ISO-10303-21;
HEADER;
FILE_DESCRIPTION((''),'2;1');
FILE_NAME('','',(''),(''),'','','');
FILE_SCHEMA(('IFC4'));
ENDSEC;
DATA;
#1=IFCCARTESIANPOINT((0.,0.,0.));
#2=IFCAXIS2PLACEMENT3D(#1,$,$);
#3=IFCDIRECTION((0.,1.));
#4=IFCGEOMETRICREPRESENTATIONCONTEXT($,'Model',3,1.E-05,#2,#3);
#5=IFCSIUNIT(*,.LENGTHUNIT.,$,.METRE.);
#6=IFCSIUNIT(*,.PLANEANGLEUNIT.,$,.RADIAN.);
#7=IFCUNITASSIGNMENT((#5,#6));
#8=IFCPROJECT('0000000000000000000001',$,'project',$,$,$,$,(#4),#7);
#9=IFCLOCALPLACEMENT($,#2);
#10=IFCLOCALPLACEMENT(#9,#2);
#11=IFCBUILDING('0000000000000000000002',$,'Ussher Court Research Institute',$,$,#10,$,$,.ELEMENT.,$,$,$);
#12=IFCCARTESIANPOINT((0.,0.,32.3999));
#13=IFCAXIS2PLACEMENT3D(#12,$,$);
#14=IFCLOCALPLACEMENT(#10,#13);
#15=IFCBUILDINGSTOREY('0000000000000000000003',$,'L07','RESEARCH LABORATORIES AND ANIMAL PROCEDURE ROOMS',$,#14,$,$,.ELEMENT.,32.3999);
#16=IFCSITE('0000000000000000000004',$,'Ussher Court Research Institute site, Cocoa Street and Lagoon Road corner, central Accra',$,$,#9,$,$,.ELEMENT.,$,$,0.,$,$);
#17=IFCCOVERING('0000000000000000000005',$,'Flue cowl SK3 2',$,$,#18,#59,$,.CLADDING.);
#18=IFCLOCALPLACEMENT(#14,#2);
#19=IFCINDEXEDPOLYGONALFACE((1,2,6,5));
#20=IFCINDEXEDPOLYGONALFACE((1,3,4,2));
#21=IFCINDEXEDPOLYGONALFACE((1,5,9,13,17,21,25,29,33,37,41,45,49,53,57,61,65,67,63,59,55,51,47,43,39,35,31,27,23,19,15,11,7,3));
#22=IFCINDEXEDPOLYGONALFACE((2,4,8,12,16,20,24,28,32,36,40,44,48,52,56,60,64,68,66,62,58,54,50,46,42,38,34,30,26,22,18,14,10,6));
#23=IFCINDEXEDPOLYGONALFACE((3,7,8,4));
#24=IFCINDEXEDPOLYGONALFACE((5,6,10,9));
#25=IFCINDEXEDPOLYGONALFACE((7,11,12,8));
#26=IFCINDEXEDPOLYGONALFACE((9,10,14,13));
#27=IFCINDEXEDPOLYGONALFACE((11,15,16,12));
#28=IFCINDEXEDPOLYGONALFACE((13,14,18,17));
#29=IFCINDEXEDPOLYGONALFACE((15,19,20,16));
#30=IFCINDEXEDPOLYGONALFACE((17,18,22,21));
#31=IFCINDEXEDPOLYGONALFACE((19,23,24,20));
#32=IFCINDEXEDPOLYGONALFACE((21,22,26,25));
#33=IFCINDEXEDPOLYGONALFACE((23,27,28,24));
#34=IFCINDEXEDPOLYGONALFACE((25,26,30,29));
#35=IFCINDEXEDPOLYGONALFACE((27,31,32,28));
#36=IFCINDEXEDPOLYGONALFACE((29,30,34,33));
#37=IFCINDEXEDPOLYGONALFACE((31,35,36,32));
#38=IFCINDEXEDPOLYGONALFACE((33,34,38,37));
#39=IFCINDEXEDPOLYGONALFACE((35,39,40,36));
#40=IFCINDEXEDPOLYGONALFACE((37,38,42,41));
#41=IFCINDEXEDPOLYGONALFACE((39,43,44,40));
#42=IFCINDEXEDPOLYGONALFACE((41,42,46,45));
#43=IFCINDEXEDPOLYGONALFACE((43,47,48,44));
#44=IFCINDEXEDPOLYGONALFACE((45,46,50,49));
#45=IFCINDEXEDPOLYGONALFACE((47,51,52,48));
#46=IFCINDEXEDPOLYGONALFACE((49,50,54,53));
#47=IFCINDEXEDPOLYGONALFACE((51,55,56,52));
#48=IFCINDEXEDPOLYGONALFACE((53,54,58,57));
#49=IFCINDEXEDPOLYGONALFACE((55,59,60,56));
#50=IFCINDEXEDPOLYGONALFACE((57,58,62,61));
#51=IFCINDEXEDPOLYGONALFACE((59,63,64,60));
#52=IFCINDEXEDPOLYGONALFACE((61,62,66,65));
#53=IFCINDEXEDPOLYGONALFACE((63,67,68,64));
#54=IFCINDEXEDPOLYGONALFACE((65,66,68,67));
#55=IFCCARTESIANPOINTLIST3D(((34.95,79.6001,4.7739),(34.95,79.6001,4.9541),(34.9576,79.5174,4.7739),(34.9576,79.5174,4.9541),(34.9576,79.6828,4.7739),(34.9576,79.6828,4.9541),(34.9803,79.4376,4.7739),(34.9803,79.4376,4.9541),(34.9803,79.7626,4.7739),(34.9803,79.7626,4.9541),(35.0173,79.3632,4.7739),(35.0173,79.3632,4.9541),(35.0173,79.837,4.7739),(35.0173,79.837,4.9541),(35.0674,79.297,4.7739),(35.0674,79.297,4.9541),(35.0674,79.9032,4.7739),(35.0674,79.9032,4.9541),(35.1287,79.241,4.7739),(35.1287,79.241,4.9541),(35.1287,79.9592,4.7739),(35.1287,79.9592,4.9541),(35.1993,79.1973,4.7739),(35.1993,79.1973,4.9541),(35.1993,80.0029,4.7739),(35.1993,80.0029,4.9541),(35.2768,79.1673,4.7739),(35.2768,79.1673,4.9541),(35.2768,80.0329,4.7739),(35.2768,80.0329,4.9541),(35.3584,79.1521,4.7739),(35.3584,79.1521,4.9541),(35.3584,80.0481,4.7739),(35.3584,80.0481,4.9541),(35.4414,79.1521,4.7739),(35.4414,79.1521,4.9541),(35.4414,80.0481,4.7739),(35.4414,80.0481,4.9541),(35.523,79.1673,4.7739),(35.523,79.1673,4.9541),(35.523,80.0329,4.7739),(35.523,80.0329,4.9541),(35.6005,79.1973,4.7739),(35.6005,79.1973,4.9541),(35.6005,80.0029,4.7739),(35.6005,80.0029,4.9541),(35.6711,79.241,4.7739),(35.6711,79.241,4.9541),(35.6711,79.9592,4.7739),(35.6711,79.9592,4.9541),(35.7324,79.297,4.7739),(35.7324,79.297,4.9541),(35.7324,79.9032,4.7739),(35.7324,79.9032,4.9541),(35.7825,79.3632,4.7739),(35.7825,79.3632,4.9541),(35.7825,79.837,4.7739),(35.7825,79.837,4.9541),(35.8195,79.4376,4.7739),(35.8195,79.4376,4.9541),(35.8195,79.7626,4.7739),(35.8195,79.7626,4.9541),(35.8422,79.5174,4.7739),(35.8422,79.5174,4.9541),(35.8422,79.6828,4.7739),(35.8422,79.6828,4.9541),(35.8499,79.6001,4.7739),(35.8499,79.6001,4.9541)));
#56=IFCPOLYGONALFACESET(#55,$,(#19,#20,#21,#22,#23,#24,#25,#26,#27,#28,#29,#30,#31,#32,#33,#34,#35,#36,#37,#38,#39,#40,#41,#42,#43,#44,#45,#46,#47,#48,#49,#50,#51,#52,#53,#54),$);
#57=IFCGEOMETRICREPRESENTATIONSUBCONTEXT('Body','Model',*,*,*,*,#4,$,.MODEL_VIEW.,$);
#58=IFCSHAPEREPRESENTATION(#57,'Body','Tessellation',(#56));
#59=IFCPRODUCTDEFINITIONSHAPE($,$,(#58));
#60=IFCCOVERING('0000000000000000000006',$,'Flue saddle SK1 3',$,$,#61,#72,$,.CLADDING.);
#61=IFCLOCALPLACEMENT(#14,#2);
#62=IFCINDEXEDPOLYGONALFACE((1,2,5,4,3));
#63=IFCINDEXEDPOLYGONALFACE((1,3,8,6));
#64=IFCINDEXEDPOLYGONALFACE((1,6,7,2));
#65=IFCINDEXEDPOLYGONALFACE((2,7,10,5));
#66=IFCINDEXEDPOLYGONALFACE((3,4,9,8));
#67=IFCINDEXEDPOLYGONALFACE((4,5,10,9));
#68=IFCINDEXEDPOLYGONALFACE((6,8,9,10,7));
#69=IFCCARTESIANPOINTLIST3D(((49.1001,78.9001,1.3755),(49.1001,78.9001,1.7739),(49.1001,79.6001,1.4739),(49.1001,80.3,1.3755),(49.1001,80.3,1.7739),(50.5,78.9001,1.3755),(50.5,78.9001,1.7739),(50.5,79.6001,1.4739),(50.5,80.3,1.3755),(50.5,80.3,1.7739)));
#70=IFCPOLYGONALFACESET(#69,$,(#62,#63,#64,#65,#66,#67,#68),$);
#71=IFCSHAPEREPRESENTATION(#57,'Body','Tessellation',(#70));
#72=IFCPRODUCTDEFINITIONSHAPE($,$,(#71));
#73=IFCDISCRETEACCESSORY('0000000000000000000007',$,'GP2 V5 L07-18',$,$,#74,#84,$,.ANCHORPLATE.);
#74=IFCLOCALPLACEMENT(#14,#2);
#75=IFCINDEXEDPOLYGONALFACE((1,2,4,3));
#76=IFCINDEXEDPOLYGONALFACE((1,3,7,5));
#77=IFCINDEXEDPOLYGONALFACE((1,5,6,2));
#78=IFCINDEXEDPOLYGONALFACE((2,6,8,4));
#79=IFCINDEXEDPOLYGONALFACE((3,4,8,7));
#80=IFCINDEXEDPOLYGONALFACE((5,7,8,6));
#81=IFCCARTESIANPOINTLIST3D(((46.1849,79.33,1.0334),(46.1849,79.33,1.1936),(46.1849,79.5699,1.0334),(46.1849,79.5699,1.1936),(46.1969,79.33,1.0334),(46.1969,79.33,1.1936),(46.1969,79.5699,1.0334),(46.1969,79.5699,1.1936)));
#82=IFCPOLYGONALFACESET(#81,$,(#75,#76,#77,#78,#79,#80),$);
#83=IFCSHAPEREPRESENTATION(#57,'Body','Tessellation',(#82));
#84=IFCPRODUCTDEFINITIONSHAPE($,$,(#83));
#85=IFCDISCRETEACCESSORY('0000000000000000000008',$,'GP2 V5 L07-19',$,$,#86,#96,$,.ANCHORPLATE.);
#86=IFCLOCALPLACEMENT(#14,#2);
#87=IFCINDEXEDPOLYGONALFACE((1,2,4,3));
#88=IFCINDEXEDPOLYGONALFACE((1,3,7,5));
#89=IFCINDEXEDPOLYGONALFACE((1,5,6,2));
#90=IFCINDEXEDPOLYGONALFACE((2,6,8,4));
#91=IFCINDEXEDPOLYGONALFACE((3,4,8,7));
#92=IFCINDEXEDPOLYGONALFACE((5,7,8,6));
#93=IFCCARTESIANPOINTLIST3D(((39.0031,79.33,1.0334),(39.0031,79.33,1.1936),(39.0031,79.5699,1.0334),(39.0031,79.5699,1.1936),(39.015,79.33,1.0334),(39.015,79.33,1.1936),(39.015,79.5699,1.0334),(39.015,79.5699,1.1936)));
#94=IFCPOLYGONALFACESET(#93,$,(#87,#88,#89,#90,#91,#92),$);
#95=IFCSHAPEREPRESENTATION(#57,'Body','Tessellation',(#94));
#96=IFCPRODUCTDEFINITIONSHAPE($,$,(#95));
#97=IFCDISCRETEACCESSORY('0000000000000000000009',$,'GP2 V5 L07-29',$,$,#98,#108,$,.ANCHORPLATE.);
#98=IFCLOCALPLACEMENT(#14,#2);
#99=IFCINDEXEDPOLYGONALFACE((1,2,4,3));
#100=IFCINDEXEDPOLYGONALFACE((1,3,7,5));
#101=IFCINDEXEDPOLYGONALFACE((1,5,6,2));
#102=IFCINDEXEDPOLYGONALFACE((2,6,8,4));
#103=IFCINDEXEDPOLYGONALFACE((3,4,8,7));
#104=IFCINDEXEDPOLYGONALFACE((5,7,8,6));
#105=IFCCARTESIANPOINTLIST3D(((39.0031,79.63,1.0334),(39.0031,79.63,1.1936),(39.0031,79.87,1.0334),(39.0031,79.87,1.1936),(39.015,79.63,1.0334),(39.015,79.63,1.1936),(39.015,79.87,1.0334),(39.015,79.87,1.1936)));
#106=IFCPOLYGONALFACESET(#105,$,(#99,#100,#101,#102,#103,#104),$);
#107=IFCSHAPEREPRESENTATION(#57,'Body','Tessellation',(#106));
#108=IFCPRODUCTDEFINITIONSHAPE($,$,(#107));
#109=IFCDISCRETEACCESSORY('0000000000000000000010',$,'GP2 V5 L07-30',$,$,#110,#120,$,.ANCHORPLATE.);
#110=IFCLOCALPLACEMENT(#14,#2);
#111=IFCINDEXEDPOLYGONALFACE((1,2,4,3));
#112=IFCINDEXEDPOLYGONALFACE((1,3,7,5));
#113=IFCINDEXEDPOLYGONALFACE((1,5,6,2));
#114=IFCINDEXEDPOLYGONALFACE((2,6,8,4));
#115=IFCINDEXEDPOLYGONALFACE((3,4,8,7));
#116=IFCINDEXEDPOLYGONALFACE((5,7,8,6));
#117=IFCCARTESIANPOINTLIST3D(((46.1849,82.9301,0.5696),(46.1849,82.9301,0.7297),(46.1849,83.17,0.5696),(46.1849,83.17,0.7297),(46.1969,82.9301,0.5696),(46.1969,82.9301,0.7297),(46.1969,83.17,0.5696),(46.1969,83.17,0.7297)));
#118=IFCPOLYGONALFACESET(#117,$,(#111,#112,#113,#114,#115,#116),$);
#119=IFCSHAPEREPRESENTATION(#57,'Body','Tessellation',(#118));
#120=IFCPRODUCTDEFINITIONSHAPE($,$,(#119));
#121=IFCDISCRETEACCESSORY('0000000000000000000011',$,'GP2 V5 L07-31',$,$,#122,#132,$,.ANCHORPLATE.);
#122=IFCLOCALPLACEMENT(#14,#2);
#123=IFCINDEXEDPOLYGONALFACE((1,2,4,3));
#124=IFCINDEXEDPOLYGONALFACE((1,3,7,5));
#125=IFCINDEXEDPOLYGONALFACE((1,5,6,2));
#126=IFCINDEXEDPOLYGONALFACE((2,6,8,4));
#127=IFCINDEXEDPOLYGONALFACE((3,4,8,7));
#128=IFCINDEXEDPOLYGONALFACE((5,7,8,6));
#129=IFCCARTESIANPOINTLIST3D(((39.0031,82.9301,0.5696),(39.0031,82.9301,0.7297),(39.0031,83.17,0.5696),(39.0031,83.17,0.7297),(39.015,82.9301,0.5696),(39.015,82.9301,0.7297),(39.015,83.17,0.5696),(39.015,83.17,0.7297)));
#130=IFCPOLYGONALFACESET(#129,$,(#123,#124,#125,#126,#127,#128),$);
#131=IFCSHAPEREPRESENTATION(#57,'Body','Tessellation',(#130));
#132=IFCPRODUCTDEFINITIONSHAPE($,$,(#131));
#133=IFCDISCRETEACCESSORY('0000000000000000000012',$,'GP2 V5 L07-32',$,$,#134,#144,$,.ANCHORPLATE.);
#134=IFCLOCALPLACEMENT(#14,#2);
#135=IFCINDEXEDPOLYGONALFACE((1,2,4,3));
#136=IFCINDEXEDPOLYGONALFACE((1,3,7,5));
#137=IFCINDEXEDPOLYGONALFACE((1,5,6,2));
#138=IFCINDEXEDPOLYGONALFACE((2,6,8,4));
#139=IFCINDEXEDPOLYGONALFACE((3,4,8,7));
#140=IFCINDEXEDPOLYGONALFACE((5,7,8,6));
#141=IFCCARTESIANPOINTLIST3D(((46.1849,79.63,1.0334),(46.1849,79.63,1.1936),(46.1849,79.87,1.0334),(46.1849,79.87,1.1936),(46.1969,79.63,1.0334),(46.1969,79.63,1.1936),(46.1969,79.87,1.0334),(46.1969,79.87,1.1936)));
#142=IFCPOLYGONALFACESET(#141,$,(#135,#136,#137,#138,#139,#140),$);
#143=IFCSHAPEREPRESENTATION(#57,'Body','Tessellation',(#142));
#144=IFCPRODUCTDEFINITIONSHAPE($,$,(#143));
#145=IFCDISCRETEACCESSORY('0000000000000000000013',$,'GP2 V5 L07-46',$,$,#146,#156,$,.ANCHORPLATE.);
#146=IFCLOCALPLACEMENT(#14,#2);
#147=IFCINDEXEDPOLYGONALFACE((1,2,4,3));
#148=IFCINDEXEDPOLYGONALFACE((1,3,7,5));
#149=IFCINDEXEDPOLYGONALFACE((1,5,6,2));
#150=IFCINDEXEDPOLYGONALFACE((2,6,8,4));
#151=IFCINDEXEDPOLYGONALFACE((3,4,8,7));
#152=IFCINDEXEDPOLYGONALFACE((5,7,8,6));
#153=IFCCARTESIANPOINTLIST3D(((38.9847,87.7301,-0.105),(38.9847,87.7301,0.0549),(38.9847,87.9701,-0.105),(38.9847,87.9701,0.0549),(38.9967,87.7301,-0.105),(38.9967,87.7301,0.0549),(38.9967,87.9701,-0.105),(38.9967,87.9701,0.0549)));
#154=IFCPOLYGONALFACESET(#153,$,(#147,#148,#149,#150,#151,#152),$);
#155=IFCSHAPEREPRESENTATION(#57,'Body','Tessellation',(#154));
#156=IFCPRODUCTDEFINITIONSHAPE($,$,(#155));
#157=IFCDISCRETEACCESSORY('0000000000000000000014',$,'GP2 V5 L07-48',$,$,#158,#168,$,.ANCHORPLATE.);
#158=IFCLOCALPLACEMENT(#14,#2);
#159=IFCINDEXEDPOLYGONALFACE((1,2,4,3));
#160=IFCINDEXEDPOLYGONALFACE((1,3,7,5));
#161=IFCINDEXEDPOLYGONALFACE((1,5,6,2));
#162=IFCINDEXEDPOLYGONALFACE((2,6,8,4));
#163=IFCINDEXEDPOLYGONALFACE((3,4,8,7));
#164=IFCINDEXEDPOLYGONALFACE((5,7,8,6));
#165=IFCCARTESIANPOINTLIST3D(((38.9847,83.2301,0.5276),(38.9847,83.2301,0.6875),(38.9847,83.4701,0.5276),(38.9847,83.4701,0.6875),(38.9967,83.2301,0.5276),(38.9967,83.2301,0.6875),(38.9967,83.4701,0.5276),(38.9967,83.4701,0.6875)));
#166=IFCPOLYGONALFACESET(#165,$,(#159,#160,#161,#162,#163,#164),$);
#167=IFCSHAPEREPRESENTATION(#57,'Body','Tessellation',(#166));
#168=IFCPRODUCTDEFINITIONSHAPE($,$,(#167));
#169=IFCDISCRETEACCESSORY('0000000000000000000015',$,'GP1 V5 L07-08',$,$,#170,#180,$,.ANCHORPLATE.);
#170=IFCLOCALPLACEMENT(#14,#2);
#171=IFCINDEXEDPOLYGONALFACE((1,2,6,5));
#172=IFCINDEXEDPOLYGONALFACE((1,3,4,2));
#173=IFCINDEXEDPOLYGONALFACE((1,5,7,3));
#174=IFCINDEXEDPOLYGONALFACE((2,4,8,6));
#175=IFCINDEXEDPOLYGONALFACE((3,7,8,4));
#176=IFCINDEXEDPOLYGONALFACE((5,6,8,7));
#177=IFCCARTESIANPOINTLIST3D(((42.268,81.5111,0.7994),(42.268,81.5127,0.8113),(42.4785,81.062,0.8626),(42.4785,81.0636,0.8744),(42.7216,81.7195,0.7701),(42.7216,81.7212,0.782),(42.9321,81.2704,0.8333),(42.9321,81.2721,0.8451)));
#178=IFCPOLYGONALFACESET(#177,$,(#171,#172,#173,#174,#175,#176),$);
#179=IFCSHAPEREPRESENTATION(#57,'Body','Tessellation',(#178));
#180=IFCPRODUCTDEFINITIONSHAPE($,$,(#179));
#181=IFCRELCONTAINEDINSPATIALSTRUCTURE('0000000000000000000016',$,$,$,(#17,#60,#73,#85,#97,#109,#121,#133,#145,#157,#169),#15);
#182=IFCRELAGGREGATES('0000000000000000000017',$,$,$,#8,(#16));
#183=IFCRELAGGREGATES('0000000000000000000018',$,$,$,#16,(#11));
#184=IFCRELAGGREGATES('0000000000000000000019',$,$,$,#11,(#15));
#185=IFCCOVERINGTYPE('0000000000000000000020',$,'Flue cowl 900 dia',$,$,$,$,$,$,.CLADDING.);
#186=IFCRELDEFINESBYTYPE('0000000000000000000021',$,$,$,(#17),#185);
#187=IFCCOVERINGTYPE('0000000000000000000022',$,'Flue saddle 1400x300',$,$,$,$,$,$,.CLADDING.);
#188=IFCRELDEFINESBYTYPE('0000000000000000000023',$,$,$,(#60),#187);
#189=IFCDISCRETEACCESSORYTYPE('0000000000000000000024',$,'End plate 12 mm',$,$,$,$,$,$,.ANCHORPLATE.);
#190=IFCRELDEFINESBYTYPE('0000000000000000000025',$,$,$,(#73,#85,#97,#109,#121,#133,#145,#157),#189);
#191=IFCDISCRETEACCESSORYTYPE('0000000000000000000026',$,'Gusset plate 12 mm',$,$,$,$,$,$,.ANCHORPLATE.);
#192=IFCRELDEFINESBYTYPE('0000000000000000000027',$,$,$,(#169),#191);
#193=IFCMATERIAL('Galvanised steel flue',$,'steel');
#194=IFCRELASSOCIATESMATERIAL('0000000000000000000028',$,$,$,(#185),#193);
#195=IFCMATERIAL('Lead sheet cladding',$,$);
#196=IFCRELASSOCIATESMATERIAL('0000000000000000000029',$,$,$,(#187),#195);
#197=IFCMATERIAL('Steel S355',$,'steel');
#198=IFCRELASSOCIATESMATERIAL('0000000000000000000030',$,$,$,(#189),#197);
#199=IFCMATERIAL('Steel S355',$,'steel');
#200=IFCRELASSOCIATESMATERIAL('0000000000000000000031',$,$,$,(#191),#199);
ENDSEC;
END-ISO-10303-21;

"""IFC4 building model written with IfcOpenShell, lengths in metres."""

from ifc_helpers import new_model, si_unit, direction, frame, origin, origin_2d, place, context, subcontext, project, spatial, polyline, rectangle, circle, outline, extrude, material, material_profile, profile_set, type_object, element, save


model = new_model("IFC4")

# Units and contexts
model_context = context("Model", 3, precision=1e-05, world=origin(), true_north=direction((0.0, 1.0)))
body_context = subcontext(model_context, "Body", "Model", "MODEL_VIEW")
ifc_project = project(units=[si_unit("LENGTHUNIT", "METRE"), si_unit("PLANEANGLEUNIT", "RADIAN")], contexts=[model_context])

# Site, building, storey
site_placement = place(None, origin())
site = spatial("IfcSite", under=ifc_project, at=site_placement, Name="Ussher Court Research Institute site, Cocoa Street and Lagoon Road corner, central Accra", CompositionType="ELEMENT", RefElevation=0.0)
building_placement = place(site_placement, origin())
building = spatial("IfcBuilding", under=site, at=building_placement, Name="Ussher Court Research Institute", CompositionType="ELEMENT")
storey_placement = place(building_placement, frame((0.0, 0.0, 32.3999)))
storey = spatial("IfcBuildingStorey", under=building, at=storey_placement, Name="L07", Description="RESEARCH LABORATORIES AND ANIMAL PROCEDURE ROOMS", CompositionType="ELEMENT", Elevation=32.3999)

# Coverings
ifc_material_1 = material(Name="Galvanised steel flue", Category="steel")
ifc_material_profile_1 = material_profile(ifc_material_1, circle(Radius=0.45, at=origin_2d()), Name="Flue cowl 900 dia")
ifc_profile_set_1 = profile_set([ifc_material_profile_1], Name="Galvanised steel flue")
covering_type_1 = type_object("IfcCoveringType", Name="Flue cowl 900 dia", PredefinedType="CLADDING", material=ifc_profile_set_1)
covering_1_placement = place(storey_placement, frame((35.3999, 79.6001, 4.7739), z_axis=(0.0, 0.0, 1.0), x_axis=(1.0, 0.0, 0.0)))
element("IfcCovering", 1, at=covering_1_placement, inside=storey, type_object=covering_type_1, Name="Flue cowl SK3 2", PredefinedType="CLADDING", context=body_context, shape_type="SweptSolid", body=[
    extrude(circle(Radius=0.45, at=origin_2d()), origin(), (0.0, 0.0, 1.0), 0.1802),
])
ifc_material_2 = material(Name="Lead sheet cladding")
covering_type_2 = type_object("IfcCoveringType", Name="Flue saddle 1400x300", PredefinedType="CLADDING", material=ifc_material_2)
covering_2_placement = place(storey_placement, frame((49.1001, 79.6001, 1.4739), z_axis=(1.0, 0.0, 0.0), x_axis=(0.0, 1.0, 0.0)))
element("IfcCovering", 2, at=covering_2_placement, inside=storey, type_object=covering_type_2, Name="Flue saddle SK1 3", PredefinedType="CLADDING", context=body_context, shape_type="SweptSolid", body=[
    extrude(outline(polyline([(-0.7, -0.0984), (0.0, 0.0), (0.7, -0.0984), (0.7, 0.3), (-0.7, 0.3), (-0.7, -0.0984)])), origin(), (0.0, 0.0, 1.0), 1.3999),
])

# Discrete accessories
ifc_material_3 = material(Name="Steel S355", Category="steel")
ifc_material_profile_2 = material_profile(ifc_material_3, rectangle(XDim=0.012, YDim=0.24, at=origin_2d()), Name="PL 12x240")
ifc_profile_set_2 = profile_set([ifc_material_profile_2], Name="Steel S355")
discrete_accessory_type_1 = type_object("IfcDiscreteAccessoryType", Name="End plate 12 mm", PredefinedType="ANCHORPLATE", material=ifc_profile_set_2)
for number, where, z_axis, x_axis, name in (
    (3, (46.1909, 79.45, 1.0334), (0.0, 0.0, 1.0), (1.0, 0.0, 0.0), "GP2 V5 L07-18"),
    (4, (39.009, 79.45, 1.0334), (0.0, 0.0, 1.0), (1.0, 0.0, 0.0), "GP2 V5 L07-19"),
    (5, (39.009, 79.75, 1.0334), (0.0, 0.0, 1.0), (1.0, 0.0, 0.0), "GP2 V5 L07-29"),
    (6, (46.1909, 83.05, 0.5696), (0.0, 0.0, 1.0), (1.0, 0.0, 0.0), "GP2 V5 L07-30"),
    (7, (39.009, 83.05, 0.5696), (0.0, 0.0, 1.0), (1.0, 0.0, 0.0), "GP2 V5 L07-31"),
    (8, (46.1909, 79.75, 1.0334), (0.0, 0.0, 1.0), (1.0, 0.0, 0.0), "GP2 V5 L07-32"),
):
    element("IfcDiscreteAccessory", number, at=place(storey_placement, frame(where, z_axis=z_axis, x_axis=x_axis)), inside=storey, type_object=discrete_accessory_type_1, Name=name, PredefinedType="ANCHORPLATE", context=body_context, shape_type="SweptSolid", body=[
        extrude(rectangle(XDim=0.012, YDim=0.24, at=origin_2d()), origin(), (0.0, 0.0, 1.0), 0.1602),
    ])
for number, where, z_axis, x_axis, name in (
    (9, (38.9907, 87.8501, -0.105), (0.0, 0.0, 1.0), (1.0, 0.0, 0.0), "GP2 V5 L07-46"),
    (10, (38.9907, 83.3501, 0.5276), (0.0, 0.0, 1.0), (1.0, 0.0, 0.0), "GP2 V5 L07-48"),
):
    element("IfcDiscreteAccessory", number, at=place(storey_placement, frame(where, z_axis=z_axis, x_axis=x_axis)), inside=storey, type_object=discrete_accessory_type_1, Name=name, PredefinedType="ANCHORPLATE", context=body_context, shape_type="SweptSolid", body=[
        extrude(rectangle(XDim=0.012, YDim=0.24, at=origin_2d()), origin(), (0.0, 0.0, 1.0), 0.1599),
    ])
ifc_material_4 = material(Name="Steel S355", Category="steel")
ifc_material_profile_3 = material_profile(ifc_material_4, rectangle(XDim=0.5, YDim=0.012, at=origin_2d()), Name="PL 500x12")
ifc_profile_set_3 = profile_set([ifc_material_profile_3], Name="Steel S355")
discrete_accessory_type_2 = type_object("IfcDiscreteAccessoryType", Name="Gusset plate 12 mm", PredefinedType="ANCHORPLATE", material=ifc_profile_set_3)
discrete_accessory_placement = place(storey_placement, frame((42.3733, 81.2874, 0.8369), z_axis=(0.907056, 0.416914, -0.058583), x_axis=(0.42101, -0.898228, 0.126245)))
element("IfcDiscreteAccessory", 11, at=discrete_accessory_placement, inside=storey, type_object=discrete_accessory_type_2, Name="GP1 V5 L07-08", PredefinedType="ANCHORPLATE", context=body_context, shape_type="SweptSolid", body=[
    extrude(rectangle(XDim=0.5, YDim=0.012, at=origin_2d()), origin(), (0.0, 0.0, 1.0), 0.5),
])

save(model, "model.ifc")
